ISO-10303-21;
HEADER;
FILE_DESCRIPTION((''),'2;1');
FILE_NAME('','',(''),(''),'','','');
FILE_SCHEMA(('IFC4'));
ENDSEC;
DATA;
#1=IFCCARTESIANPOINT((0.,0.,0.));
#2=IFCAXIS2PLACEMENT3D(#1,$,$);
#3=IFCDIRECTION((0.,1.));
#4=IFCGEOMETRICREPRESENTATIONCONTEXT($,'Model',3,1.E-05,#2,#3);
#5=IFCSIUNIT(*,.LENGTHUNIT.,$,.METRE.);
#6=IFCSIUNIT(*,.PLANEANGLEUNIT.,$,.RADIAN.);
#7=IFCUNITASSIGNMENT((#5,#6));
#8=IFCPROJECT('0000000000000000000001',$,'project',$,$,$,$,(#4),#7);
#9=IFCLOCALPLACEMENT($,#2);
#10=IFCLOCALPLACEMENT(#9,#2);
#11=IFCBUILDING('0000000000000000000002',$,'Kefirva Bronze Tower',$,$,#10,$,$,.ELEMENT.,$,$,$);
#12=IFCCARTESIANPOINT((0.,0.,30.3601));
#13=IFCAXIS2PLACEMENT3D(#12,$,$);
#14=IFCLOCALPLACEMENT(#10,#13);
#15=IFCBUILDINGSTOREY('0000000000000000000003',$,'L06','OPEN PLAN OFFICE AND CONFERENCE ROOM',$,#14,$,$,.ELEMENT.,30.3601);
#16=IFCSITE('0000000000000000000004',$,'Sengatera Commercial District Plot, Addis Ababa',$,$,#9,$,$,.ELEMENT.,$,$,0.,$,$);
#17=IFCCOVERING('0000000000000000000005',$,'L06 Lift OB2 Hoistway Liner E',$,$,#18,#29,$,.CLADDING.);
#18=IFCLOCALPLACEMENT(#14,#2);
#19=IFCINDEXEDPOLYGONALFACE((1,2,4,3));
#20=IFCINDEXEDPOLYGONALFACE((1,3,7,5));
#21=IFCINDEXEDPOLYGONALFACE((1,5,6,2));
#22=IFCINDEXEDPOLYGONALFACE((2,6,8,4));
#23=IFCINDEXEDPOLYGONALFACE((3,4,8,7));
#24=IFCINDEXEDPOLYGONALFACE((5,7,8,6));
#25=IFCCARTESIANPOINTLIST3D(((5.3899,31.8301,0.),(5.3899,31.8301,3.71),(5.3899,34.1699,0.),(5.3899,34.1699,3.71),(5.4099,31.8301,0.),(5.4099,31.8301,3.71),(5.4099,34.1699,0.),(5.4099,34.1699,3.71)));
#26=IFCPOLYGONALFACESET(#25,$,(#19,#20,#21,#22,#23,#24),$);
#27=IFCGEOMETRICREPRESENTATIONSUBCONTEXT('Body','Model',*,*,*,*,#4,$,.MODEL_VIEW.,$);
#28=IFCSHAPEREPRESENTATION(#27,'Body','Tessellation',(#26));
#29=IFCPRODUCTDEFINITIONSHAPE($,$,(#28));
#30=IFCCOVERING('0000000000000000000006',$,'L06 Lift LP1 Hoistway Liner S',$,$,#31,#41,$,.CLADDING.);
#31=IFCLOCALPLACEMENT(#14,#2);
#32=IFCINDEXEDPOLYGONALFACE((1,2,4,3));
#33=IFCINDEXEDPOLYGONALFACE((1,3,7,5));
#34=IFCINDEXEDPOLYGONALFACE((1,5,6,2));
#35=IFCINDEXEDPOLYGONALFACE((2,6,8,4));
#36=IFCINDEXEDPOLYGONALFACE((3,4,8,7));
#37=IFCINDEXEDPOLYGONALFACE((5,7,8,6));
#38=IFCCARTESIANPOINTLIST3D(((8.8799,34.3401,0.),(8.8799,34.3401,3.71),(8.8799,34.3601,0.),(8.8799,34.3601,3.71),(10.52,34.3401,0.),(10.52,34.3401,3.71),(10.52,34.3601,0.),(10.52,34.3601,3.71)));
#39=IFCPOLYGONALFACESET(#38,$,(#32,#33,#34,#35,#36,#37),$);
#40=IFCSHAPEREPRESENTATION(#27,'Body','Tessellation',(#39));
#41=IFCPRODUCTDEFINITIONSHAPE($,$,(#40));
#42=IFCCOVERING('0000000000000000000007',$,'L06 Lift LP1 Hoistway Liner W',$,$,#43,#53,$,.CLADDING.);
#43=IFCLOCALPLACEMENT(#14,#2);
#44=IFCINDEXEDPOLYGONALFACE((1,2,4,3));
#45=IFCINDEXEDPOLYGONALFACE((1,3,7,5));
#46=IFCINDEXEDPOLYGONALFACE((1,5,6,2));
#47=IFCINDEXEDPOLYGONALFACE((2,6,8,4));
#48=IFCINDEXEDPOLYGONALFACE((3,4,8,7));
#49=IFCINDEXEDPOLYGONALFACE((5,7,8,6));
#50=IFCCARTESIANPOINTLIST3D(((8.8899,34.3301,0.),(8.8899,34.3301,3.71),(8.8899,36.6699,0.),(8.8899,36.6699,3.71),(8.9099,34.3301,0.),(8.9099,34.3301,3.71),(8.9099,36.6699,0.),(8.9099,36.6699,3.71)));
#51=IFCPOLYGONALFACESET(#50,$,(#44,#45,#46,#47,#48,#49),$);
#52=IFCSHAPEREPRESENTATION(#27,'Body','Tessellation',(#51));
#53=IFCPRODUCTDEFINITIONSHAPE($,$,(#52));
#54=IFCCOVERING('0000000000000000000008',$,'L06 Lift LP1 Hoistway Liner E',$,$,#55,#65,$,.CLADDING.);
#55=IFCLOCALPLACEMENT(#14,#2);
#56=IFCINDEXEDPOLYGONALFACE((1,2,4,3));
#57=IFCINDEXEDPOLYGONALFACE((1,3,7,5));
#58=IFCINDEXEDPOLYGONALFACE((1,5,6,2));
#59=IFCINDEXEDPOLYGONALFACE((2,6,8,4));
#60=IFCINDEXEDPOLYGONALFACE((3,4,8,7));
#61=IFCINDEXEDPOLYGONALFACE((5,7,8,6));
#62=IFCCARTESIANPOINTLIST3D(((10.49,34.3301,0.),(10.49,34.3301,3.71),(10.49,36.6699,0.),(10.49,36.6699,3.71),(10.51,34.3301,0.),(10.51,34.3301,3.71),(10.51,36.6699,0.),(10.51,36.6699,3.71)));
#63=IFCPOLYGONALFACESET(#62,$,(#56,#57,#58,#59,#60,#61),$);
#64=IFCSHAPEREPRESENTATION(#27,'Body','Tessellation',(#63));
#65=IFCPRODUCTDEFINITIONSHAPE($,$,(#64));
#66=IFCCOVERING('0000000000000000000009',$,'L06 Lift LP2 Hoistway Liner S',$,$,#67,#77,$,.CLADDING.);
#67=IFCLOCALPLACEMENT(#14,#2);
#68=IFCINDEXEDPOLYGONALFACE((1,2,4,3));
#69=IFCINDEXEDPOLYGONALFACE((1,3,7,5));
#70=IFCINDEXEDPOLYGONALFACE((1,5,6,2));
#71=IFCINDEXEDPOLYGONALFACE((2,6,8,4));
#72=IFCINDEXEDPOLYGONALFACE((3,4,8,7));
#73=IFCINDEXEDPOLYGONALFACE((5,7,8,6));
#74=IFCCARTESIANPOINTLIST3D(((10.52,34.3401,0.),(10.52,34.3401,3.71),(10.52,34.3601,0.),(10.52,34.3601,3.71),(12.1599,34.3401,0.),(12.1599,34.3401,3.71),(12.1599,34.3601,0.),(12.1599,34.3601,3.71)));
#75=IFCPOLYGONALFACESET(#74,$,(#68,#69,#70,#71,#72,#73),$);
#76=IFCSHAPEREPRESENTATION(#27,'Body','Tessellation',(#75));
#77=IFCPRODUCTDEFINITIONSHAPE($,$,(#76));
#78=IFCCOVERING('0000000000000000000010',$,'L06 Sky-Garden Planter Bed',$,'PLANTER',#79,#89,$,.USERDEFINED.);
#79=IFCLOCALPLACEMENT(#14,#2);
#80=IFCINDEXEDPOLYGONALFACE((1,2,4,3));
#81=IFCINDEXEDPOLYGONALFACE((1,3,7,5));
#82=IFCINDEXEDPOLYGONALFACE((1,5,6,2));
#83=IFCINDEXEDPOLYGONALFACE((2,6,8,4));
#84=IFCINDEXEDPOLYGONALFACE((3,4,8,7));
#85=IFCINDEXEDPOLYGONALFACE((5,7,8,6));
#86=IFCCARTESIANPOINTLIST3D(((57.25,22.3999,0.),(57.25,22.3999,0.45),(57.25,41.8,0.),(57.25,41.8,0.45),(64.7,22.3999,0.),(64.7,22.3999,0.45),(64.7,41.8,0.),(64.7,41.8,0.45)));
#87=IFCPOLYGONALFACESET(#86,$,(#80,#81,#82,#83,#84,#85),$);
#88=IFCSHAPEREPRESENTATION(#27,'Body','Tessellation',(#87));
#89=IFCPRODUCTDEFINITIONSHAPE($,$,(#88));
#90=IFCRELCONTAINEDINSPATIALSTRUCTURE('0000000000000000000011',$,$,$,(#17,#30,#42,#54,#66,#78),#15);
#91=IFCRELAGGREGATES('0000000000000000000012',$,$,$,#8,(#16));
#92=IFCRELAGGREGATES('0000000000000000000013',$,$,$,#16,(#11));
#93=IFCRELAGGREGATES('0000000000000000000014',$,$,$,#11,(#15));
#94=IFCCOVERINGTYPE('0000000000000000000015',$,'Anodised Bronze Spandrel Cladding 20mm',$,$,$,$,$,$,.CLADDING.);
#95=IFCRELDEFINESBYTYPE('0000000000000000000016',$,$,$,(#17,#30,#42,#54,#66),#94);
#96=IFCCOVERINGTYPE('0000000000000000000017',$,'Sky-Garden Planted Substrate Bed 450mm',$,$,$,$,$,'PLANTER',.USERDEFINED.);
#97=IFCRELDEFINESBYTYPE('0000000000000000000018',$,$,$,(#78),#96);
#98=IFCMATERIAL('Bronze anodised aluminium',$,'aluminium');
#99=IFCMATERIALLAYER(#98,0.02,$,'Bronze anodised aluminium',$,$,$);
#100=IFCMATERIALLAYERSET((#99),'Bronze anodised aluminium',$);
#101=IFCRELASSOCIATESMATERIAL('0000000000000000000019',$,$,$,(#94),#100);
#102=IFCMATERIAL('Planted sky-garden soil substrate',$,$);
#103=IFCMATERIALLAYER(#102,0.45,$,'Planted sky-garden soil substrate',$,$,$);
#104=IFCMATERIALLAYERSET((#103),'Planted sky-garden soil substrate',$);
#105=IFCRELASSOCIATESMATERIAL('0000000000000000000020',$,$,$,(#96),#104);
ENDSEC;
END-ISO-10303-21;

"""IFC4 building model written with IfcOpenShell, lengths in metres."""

from ifc_helpers import new_model, si_unit, direction, frame, origin, place, context, subcontext, project, spatial, polyline, outline, extrude, material, layer, layer_set, type_object, element, save


model = new_model("IFC4")

# Units and contexts
model_context = context("Model", 3, precision=1e-05, world=origin(), true_north=direction((0.0, 1.0)))
body_context = subcontext(model_context, "Body", "Model", "MODEL_VIEW")
ifc_project = project(units=[si_unit("LENGTHUNIT", "METRE"), si_unit("PLANEANGLEUNIT", "RADIAN")], contexts=[model_context])

# Site, building, storey
site_placement = place(None, origin())
site = spatial("IfcSite", under=ifc_project, at=site_placement, Name="Sengatera Commercial District Plot, Addis Ababa", CompositionType="ELEMENT", RefElevation=0.0)
building_placement = place(site_placement, origin())
building = spatial("IfcBuilding", under=site, at=building_placement, Name="Kefirva Bronze Tower", CompositionType="ELEMENT")
storey_placement = place(building_placement, frame((0.0, 0.0, 30.3601)))
storey = spatial("IfcBuildingStorey", under=building, at=storey_placement, Name="L06", Description="OPEN PLAN OFFICE AND CONFERENCE ROOM", CompositionType="ELEMENT", Elevation=30.3601)

# Coverings
ifc_material_1 = material(Name="Bronze anodised aluminium", Category="aluminium")
ifc_layer_1 = layer(ifc_material_1, 0.02, Name="Bronze anodised aluminium")
ifc_layer_set_1 = layer_set([ifc_layer_1], Name="Bronze anodised aluminium")
covering_type_1 = type_object("IfcCoveringType", Name="Anodised Bronze Spandrel Cladding 20mm", PredefinedType="CLADDING", material=ifc_layer_set_1)
covering_1_placement = place(storey_placement, origin())
element("IfcCovering", 1, at=covering_1_placement, inside=storey, type_object=covering_type_1, Name="L06 Lift OB2 Hoistway Liner E", PredefinedType="CLADDING", context=body_context, shape_type="SweptSolid", body=[
    extrude(outline(polyline([(5.3899, 31.8301), (5.4099, 31.8301), (5.4099, 34.1699), (5.3899, 34.1699), (5.3899, 31.8301)])), origin(), (0.0, 0.0, 1.0), 3.71),
])
covering_2_placement = place(storey_placement, origin())
element("IfcCovering", 2, at=covering_2_placement, inside=storey, type_object=covering_type_1, Name="L06 Lift LP1 Hoistway Liner S", PredefinedType="CLADDING", context=body_context, shape_type="SweptSolid", body=[
    extrude(outline(polyline([(8.8799, 34.3401), (10.52, 34.3401), (10.52, 34.3601), (8.8799, 34.3601), (8.8799, 34.3401)])), origin(), (0.0, 0.0, 1.0), 3.71),
])
covering_3_placement = place(storey_placement, origin())
element("IfcCovering", 3, at=covering_3_placement, inside=storey, type_object=covering_type_1, Name="L06 Lift LP1 Hoistway Liner W", PredefinedType="CLADDING", context=body_context, shape_type="SweptSolid", body=[
    extrude(outline(polyline([(8.8899, 34.3301), (8.9099, 34.3301), (8.9099, 36.6699), (8.8899, 36.6699), (8.8899, 34.3301)])), origin(), (0.0, 0.0, 1.0), 3.71),
])
covering_4_placement = place(storey_placement, origin())
element("IfcCovering", 4, at=covering_4_placement, inside=storey, type_object=covering_type_1, Name="L06 Lift LP1 Hoistway Liner E", PredefinedType="CLADDING", context=body_context, shape_type="SweptSolid", body=[
    extrude(outline(polyline([(10.49, 34.3301), (10.51, 34.3301), (10.51, 36.6699), (10.49, 36.6699), (10.49, 34.3301)])), origin(), (0.0, 0.0, 1.0), 3.71),
])
covering_5_placement = place(storey_placement, origin())
element("IfcCovering", 5, at=covering_5_placement, inside=storey, type_object=covering_type_1, Name="L06 Lift LP2 Hoistway Liner S", PredefinedType="CLADDING", context=body_context, shape_type="SweptSolid", body=[
    extrude(outline(polyline([(10.52, 34.3401), (12.1599, 34.3401), (12.1599, 34.3601), (10.52, 34.3601), (10.52, 34.3401)])), origin(), (0.0, 0.0, 1.0), 3.71),
])
ifc_material_2 = material(Name="Planted sky-garden soil substrate")
ifc_layer_2 = layer(ifc_material_2, 0.45, Name="Planted sky-garden soil substrate")
ifc_layer_set_2 = layer_set([ifc_layer_2], Name="Planted sky-garden soil substrate")
covering_type_2 = type_object("IfcCoveringType", Name="Sky-Garden Planted Substrate Bed 450mm", ElementType="PLANTER", PredefinedType="USERDEFINED", material=ifc_layer_set_2)
covering_6_placement = place(storey_placement, origin())
element("IfcCovering", 6, at=covering_6_placement, inside=storey, type_object=covering_type_2, Name="L06 Sky-Garden Planter Bed", ObjectType="PLANTER", PredefinedType="USERDEFINED", context=body_context, shape_type="SweptSolid", body=[
    extrude(outline(polyline([(57.25, 22.3999), (64.7, 22.3999), (64.7, 41.8), (57.25, 41.8), (57.25, 22.3999)])), origin(), (0.0, 0.0, 1.0), 0.45),
])

save(model, "model.ifc")
